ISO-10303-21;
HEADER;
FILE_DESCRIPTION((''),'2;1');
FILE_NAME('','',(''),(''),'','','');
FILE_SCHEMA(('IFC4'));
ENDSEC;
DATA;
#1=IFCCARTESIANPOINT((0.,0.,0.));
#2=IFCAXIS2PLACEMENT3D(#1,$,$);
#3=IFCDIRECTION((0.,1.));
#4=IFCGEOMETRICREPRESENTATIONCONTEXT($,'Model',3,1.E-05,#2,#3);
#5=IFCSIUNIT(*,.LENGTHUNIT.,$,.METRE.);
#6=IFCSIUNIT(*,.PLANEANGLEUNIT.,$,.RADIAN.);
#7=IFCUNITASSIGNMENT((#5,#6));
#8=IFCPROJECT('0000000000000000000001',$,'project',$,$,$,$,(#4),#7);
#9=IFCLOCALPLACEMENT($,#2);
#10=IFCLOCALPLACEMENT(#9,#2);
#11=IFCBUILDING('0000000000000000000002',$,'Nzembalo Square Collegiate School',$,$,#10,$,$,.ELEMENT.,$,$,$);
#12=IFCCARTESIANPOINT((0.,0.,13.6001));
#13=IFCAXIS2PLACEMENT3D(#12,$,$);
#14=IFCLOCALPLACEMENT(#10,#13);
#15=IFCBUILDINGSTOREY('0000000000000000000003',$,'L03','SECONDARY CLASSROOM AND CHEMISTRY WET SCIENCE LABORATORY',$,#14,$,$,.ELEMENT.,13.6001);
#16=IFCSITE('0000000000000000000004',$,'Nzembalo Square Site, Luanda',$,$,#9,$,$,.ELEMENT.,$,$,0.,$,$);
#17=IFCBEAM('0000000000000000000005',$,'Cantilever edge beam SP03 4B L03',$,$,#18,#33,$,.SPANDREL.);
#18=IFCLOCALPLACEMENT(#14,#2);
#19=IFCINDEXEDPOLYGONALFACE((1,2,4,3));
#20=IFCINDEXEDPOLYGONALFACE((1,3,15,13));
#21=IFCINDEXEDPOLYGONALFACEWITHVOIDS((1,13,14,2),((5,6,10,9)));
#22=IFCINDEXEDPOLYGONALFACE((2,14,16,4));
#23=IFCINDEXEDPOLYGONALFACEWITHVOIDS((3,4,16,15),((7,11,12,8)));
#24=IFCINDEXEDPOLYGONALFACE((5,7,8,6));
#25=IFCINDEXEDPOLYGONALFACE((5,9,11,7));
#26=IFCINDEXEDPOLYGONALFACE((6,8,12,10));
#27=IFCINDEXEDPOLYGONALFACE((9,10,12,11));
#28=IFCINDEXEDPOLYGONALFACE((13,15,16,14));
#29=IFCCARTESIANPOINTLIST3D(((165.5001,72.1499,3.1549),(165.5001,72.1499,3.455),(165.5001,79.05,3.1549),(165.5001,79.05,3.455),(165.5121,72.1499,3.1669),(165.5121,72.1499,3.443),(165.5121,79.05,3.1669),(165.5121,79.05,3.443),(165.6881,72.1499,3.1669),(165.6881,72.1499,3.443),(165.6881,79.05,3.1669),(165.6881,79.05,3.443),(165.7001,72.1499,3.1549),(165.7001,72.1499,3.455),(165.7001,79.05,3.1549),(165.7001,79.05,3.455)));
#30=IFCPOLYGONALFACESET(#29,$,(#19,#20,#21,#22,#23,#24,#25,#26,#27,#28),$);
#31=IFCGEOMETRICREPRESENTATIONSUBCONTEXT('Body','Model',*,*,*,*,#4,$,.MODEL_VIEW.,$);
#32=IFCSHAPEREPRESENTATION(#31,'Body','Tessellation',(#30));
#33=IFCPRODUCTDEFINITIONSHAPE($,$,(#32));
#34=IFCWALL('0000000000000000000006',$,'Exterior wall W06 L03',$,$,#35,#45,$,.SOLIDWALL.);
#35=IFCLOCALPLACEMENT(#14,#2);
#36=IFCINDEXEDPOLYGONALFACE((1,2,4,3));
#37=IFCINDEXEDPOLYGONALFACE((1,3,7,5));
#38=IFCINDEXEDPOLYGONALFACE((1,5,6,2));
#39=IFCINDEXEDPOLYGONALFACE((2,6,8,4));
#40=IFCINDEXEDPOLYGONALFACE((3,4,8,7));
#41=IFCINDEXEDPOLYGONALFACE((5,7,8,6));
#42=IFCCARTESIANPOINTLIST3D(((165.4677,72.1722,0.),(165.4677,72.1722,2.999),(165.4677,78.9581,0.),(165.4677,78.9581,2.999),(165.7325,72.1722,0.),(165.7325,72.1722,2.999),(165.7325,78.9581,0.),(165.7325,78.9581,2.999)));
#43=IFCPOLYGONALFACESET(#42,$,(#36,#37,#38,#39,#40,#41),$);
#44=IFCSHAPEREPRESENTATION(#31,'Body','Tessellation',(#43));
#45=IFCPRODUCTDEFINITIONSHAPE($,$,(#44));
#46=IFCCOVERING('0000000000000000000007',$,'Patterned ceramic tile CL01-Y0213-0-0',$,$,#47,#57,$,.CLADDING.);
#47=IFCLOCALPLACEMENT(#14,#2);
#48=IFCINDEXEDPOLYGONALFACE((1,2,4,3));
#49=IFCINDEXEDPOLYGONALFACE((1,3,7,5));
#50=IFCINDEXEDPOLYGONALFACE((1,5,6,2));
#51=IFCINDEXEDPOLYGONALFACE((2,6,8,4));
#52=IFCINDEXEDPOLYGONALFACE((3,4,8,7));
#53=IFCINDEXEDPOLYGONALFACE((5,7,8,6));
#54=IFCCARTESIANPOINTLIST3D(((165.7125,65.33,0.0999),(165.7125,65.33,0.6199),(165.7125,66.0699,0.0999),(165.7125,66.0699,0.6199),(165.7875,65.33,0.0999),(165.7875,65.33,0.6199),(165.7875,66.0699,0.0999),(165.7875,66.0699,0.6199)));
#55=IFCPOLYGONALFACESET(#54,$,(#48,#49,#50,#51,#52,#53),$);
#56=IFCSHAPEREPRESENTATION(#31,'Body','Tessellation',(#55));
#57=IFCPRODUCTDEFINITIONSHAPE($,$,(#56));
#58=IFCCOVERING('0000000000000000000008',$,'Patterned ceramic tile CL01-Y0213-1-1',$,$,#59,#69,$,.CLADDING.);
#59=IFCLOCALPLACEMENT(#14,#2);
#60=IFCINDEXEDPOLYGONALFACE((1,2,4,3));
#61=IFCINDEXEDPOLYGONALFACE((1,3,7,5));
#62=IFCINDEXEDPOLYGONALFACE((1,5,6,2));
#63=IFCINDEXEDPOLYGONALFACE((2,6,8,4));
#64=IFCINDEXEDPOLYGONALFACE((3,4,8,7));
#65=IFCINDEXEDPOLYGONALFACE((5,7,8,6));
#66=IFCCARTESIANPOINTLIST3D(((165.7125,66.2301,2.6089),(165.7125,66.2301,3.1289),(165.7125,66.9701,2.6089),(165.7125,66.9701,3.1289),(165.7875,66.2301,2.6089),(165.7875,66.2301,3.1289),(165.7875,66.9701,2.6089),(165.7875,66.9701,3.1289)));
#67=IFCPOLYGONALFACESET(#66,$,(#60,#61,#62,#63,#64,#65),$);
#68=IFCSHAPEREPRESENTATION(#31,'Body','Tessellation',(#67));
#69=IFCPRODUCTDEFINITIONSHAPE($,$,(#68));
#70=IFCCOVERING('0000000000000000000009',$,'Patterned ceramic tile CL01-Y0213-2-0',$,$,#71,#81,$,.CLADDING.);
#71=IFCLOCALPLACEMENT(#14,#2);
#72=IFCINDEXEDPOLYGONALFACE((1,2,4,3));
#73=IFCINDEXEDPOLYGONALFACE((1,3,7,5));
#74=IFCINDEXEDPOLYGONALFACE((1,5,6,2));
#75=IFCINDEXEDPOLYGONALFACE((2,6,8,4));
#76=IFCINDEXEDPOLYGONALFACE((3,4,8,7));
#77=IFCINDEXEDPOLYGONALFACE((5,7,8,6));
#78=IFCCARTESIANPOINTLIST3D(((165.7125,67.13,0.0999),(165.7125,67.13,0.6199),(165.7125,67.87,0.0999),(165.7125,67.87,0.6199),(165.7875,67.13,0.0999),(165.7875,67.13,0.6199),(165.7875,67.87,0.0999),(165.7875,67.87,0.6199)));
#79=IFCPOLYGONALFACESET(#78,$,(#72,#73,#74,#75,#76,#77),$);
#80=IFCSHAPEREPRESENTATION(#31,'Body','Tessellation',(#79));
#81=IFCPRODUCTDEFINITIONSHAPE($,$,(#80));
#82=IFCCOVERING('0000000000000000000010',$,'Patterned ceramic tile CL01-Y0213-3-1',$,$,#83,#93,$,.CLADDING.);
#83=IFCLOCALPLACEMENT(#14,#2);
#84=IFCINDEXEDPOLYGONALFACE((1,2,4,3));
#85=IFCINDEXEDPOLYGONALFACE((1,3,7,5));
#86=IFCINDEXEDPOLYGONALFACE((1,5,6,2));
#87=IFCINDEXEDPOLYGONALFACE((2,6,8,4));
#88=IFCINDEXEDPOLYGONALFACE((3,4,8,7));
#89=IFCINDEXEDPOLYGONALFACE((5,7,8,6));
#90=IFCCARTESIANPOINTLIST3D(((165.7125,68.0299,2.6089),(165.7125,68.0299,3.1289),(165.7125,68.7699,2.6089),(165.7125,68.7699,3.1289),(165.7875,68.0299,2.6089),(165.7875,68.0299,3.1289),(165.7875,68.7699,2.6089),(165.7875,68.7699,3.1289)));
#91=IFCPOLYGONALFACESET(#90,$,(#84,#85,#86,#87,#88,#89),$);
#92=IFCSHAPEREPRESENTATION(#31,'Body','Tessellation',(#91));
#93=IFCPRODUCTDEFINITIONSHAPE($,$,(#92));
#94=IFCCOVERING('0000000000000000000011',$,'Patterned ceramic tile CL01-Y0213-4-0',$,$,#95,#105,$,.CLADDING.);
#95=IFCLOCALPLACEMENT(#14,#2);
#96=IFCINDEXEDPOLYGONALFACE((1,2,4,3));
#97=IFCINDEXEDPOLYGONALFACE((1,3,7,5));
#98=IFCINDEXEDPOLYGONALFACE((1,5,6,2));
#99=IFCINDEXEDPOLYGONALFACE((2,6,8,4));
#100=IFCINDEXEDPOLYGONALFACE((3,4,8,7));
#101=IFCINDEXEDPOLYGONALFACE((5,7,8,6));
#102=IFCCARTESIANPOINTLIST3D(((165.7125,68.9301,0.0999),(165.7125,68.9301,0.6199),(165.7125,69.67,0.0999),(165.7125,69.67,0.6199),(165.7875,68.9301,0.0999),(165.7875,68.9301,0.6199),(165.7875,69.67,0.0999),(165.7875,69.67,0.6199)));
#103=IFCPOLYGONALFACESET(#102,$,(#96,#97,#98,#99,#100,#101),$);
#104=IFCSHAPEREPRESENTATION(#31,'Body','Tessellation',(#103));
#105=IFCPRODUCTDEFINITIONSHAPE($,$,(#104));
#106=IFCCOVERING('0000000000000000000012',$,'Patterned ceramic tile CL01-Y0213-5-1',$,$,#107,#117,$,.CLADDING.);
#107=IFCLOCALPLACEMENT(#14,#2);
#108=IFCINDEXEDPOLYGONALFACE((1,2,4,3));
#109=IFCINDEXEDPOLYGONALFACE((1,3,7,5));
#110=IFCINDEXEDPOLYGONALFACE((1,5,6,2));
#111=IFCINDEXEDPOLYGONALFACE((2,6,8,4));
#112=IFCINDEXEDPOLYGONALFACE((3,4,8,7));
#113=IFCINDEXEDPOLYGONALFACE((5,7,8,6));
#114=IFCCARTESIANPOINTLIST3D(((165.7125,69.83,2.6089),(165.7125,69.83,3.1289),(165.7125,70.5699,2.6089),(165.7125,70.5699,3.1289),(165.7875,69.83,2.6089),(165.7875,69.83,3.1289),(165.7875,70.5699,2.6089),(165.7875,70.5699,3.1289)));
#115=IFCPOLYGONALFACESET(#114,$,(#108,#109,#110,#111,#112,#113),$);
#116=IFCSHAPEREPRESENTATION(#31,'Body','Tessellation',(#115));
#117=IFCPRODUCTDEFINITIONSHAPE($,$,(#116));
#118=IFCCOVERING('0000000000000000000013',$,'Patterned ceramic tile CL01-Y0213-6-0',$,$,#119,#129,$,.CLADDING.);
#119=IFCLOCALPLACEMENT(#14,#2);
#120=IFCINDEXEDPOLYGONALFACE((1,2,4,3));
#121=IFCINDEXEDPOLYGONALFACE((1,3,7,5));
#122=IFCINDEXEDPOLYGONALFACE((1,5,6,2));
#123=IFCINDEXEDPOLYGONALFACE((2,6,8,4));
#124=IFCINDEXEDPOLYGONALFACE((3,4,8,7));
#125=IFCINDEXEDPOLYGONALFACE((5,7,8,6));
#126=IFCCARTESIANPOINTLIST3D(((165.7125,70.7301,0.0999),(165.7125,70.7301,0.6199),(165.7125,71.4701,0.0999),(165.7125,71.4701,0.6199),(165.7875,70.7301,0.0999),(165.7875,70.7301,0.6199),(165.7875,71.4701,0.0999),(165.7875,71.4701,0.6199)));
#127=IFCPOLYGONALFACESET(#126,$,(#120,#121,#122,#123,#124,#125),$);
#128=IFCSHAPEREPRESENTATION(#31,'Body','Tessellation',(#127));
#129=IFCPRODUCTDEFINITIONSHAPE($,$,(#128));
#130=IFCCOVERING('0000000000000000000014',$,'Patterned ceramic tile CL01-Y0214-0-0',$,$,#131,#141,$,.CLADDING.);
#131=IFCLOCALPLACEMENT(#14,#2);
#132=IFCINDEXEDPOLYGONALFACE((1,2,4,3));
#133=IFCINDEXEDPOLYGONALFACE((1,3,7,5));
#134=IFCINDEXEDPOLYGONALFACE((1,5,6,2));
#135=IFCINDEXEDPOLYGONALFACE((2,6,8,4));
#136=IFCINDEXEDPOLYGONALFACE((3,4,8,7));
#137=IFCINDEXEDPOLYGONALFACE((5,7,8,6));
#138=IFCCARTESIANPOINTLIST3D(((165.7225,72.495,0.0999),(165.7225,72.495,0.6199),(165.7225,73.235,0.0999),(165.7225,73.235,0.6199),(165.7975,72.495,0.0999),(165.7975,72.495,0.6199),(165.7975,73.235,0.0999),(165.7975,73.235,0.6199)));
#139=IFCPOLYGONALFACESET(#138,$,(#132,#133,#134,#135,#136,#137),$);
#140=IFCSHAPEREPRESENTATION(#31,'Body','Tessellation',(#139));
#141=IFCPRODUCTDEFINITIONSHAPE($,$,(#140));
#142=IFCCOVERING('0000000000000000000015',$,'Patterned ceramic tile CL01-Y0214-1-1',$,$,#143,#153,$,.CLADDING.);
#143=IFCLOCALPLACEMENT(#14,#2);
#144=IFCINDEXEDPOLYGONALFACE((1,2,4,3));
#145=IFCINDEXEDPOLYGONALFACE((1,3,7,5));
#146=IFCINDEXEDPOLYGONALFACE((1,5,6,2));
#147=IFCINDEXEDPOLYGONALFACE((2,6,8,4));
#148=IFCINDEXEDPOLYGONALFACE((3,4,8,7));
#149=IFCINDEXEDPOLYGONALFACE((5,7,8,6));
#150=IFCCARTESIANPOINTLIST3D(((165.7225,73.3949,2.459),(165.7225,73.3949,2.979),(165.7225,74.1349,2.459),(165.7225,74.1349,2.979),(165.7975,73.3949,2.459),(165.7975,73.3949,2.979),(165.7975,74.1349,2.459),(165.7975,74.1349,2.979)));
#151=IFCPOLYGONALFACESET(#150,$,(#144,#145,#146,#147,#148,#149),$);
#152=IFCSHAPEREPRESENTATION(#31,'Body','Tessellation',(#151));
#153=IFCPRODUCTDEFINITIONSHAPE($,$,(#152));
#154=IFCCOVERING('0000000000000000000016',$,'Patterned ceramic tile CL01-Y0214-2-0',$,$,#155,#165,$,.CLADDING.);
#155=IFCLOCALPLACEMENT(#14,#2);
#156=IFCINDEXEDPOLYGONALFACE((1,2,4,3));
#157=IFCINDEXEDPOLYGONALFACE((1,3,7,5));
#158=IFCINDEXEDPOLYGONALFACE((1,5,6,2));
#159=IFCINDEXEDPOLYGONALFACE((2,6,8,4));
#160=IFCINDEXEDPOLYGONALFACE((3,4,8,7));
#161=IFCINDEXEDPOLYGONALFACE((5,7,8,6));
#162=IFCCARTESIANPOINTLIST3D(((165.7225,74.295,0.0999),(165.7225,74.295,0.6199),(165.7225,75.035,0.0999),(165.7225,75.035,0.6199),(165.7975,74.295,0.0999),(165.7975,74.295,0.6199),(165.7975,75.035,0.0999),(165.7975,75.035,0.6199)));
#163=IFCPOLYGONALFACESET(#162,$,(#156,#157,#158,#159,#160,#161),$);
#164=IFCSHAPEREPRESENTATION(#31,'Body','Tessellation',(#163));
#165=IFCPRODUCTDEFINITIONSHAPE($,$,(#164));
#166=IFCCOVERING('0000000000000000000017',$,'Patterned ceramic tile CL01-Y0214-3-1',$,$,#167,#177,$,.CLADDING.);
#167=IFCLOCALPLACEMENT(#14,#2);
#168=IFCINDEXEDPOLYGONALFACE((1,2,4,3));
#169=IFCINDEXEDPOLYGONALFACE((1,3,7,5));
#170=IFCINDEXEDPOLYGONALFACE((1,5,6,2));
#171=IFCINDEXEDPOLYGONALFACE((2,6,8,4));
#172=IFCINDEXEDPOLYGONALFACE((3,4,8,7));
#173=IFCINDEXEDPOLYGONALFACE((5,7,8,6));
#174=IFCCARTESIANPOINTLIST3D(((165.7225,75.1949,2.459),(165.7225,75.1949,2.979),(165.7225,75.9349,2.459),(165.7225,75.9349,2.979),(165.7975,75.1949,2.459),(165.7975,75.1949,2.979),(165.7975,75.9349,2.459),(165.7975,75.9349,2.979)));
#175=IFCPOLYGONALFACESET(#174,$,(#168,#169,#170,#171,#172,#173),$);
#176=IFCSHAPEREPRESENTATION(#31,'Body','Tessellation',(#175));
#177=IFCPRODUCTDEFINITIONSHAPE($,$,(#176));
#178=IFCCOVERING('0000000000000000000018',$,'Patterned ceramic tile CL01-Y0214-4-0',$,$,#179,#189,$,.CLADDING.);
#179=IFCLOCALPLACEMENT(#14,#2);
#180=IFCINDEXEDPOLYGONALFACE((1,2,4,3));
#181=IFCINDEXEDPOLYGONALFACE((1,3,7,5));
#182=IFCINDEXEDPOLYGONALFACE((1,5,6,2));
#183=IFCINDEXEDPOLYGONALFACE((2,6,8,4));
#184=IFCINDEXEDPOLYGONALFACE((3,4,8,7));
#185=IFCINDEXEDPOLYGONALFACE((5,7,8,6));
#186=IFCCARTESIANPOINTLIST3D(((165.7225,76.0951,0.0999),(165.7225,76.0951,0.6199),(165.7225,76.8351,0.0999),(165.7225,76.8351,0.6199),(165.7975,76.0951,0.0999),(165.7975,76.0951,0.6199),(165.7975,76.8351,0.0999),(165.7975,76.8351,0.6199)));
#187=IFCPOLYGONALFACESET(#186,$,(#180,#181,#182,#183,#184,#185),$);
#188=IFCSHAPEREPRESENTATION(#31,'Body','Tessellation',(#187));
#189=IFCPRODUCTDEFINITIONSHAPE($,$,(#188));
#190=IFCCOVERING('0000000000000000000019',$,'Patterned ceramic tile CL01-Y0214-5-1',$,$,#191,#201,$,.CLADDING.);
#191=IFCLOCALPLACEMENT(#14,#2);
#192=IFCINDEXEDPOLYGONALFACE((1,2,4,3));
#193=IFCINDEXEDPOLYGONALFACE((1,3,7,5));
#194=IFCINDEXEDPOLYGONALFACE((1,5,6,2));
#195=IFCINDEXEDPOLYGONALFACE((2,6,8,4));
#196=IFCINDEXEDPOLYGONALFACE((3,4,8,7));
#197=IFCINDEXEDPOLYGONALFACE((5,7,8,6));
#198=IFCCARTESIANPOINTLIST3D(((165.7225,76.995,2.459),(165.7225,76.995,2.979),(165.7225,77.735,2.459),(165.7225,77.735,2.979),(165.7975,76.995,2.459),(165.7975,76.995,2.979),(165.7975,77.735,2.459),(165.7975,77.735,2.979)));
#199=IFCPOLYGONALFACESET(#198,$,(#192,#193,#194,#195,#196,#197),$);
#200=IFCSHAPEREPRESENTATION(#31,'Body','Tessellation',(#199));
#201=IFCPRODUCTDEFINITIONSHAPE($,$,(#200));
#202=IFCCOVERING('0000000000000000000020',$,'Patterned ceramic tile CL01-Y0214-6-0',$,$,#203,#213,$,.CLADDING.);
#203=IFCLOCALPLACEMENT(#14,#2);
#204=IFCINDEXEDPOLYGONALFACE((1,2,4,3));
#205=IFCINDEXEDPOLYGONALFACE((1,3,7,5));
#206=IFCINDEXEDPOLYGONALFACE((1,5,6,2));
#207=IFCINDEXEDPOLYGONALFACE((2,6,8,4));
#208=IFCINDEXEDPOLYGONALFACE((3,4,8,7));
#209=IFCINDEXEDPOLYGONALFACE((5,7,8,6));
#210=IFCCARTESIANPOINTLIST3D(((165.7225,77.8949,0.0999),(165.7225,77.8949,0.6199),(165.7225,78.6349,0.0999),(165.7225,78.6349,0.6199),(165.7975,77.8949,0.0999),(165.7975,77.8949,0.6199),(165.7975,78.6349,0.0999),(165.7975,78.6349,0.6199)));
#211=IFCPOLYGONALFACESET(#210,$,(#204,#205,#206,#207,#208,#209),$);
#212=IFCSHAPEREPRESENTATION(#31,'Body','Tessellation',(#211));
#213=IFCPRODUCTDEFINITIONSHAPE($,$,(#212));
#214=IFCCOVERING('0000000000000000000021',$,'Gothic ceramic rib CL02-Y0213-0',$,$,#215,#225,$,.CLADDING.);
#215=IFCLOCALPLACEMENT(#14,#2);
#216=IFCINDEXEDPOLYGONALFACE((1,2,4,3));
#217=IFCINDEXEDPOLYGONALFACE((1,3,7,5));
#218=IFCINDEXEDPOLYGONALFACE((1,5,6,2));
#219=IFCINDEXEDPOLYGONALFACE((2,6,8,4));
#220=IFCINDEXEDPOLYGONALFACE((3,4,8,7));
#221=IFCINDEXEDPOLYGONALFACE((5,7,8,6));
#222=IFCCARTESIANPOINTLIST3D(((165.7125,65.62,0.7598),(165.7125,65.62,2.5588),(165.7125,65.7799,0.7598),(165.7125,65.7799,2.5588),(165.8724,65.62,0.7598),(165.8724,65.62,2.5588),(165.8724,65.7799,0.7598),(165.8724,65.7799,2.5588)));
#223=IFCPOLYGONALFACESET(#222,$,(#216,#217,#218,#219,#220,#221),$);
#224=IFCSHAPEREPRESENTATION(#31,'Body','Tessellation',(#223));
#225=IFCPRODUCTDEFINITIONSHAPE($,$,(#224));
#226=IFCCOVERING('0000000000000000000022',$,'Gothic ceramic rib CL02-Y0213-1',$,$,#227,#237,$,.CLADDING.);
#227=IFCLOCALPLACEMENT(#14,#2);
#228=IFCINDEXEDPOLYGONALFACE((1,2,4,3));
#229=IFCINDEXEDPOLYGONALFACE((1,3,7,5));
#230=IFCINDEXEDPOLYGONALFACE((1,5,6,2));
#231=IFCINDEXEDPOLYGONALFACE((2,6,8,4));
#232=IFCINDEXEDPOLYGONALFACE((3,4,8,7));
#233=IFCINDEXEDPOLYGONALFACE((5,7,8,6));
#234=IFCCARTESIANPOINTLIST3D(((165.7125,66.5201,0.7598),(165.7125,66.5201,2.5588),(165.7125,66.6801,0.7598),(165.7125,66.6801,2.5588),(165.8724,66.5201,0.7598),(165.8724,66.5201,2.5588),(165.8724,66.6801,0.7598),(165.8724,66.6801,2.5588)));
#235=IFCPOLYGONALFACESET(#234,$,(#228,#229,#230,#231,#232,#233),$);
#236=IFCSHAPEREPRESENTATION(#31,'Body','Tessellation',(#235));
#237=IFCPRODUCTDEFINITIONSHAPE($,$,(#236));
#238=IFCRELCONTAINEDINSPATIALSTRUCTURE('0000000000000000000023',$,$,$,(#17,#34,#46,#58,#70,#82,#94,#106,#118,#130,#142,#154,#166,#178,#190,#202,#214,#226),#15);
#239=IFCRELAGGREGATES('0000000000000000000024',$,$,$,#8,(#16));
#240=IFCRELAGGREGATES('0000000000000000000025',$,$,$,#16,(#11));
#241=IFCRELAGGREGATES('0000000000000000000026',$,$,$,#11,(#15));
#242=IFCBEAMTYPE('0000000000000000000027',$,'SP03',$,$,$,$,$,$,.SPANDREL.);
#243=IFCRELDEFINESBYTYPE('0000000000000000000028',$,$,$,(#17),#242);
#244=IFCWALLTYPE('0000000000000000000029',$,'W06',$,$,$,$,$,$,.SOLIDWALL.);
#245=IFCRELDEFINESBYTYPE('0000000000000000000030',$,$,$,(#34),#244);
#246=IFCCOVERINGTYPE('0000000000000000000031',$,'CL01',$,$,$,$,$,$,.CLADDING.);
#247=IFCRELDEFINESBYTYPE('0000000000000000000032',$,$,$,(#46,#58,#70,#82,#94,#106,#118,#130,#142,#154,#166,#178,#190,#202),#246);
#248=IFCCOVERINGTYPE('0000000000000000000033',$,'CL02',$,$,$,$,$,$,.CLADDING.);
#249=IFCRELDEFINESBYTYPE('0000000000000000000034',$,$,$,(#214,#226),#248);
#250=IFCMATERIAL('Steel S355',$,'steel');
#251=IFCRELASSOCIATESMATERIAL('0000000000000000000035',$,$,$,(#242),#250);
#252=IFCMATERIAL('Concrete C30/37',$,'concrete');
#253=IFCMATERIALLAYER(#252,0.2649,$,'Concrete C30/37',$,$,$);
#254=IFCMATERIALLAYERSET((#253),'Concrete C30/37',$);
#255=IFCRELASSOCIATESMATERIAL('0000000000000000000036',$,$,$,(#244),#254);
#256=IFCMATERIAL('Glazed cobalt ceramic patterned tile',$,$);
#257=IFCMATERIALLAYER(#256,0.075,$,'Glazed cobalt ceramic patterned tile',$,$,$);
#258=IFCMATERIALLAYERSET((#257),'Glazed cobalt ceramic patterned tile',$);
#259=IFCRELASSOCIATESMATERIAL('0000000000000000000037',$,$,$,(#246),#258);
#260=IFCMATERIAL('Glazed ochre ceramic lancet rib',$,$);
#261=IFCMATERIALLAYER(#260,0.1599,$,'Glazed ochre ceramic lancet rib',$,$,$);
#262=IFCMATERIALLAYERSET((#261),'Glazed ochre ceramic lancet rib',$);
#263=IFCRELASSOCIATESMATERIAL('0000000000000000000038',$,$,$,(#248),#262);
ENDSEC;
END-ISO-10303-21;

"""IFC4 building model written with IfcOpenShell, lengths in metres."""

from ifc_helpers import new_model, si_unit, direction, frame, frame_2d, origin, origin_2d, place, context, subcontext, project, spatial, rectangle, hollow_rectangle, extrude, material, layer, layer_set, material_profile, profile_set, type_object, element, save


model = new_model("IFC4")

# Units and contexts
model_context = context("Model", 3, precision=1e-05, world=origin(), true_north=direction((0.0, 1.0)))
body_context = subcontext(model_context, "Body", "Model", "MODEL_VIEW")
ifc_project = project(units=[si_unit("LENGTHUNIT", "METRE"), si_unit("PLANEANGLEUNIT", "RADIAN")], contexts=[model_context])

# Site, building, storey
site_placement = place(None, origin())
site = spatial("IfcSite", under=ifc_project, at=site_placement, Name="Nzembalo Square Site, Luanda", CompositionType="ELEMENT", RefElevation=0.0)
building_placement = place(site_placement, origin())
building = spatial("IfcBuilding", under=site, at=building_placement, Name="Nzembalo Square Collegiate School", CompositionType="ELEMENT")
storey_placement = place(building_placement, frame((0.0, 0.0, 13.6001)))
storey = spatial("IfcBuildingStorey", under=building, at=storey_placement, Name="L03", Description="SECONDARY CLASSROOM AND CHEMISTRY WET SCIENCE LABORATORY", CompositionType="ELEMENT", Elevation=13.6001)

# Beam
ifc_material_1 = material(Name="Steel S355", Category="steel")
ifc_material_profile = material_profile(ifc_material_1, hollow_rectangle(XDim=0.2, YDim=0.3, WallThickness=0.012, at=origin_2d()), Name="RHS 300x200x12")
ifc_profile_set = profile_set([ifc_material_profile], Name="Steel S355")
beam_type = type_object("IfcBeamType", Name="SP03", PredefinedType="SPANDREL", material=ifc_profile_set)
beam_placement = place(storey_placement, frame((165.6001, 72.1499, 3.3049), z_axis=(0.0, 1.0, 0.0), x_axis=(-1.0, 0.0, 0.0)))
element("IfcBeam", 1, at=beam_placement, inside=storey, type_object=beam_type, Name="Cantilever edge beam SP03 4B L03", PredefinedType="SPANDREL", context=body_context, shape_type="SweptSolid", body=[
    extrude(hollow_rectangle(XDim=0.2, YDim=0.3, WallThickness=0.012, at=origin_2d()), origin(), (0.0, 0.0, 1.0), 6.9001),
])

# Wall
ifc_material_2 = material(Name="Concrete C30/37", Category="concrete")
ifc_layer_1 = layer(ifc_material_2, 0.2649, Name="Concrete C30/37")
ifc_layer_set_1 = layer_set([ifc_layer_1], Name="Concrete C30/37")
wall_type = type_object("IfcWallType", Name="W06", PredefinedType="SOLIDWALL", material=ifc_layer_set_1)
wall_placement = place(storey_placement, frame((165.6001, 72.1721, 0.0), z_axis=(0.0, 0.0, 1.0), x_axis=(0.0, 1.0, 0.0)))
element("IfcWall", 2, at=wall_placement, inside=storey, type_object=wall_type, Name="Exterior wall W06 L03", PredefinedType="SOLIDWALL", context=body_context, shape_type="SweptSolid", body=[
    extrude(rectangle(XDim=6.7859, YDim=0.2649, at=frame_2d((3.3931, 0.0))), origin(), (0.0, 0.0, 1.0), 2.999),
])

# Coverings
ifc_material_3 = material(Name="Glazed cobalt ceramic patterned tile")
ifc_layer_2 = layer(ifc_material_3, 0.075, Name="Glazed cobalt ceramic patterned tile")
ifc_layer_set_2 = layer_set([ifc_layer_2], Name="Glazed cobalt ceramic patterned tile")
covering_type_1 = type_object("IfcCoveringType", Name="CL01", PredefinedType="CLADDING", material=ifc_layer_set_2)
for number, where, z_axis, x_axis, name in (
    (3, (165.75, 65.7, 0.0999), (0.0, 0.0, 1.0), (1.0, 0.0, 0.0), "Patterned ceramic tile CL01-Y0213-0-0"),
    (4, (165.75, 66.6001, 2.6089), (0.0, 0.0, 1.0), (1.0, 0.0, 0.0), "Patterned ceramic tile CL01-Y0213-1-1"),
    (5, (165.75, 67.5, 0.0999), (0.0, 0.0, 1.0), (1.0, 0.0, 0.0), "Patterned ceramic tile CL01-Y0213-2-0"),
    (6, (165.75, 68.3999, 2.6089), (0.0, 0.0, 1.0), (1.0, 0.0, 0.0), "Patterned ceramic tile CL01-Y0213-3-1"),
    (7, (165.75, 69.3, 0.0999), (0.0, 0.0, 1.0), (1.0, 0.0, 0.0), "Patterned ceramic tile CL01-Y0213-4-0"),
    (8, (165.75, 70.2, 2.6089), (0.0, 0.0, 1.0), (1.0, 0.0, 0.0), "Patterned ceramic tile CL01-Y0213-5-1"),
    (9, (165.75, 71.1001, 0.0999), (0.0, 0.0, 1.0), (1.0, 0.0, 0.0), "Patterned ceramic tile CL01-Y0213-6-0"),
    (10, (165.76, 72.865, 0.0999), (0.0, 0.0, 1.0), (1.0, 0.0, 0.0), "Patterned ceramic tile CL01-Y0214-0-0"),
    (11, (165.76, 73.7649, 2.459), (0.0, 0.0, 1.0), (1.0, 0.0, 0.0), "Patterned ceramic tile CL01-Y0214-1-1"),
    (12, (165.76, 74.665, 0.0999), (0.0, 0.0, 1.0), (1.0, 0.0, 0.0), "Patterned ceramic tile CL01-Y0214-2-0"),
    (13, (165.76, 75.5649, 2.459), (0.0, 0.0, 1.0), (1.0, 0.0, 0.0), "Patterned ceramic tile CL01-Y0214-3-1"),
    (14, (165.76, 76.4651, 0.0999), (0.0, 0.0, 1.0), (1.0, 0.0, 0.0), "Patterned ceramic tile CL01-Y0214-4-0"),
    (15, (165.76, 77.365, 2.459), (0.0, 0.0, 1.0), (1.0, 0.0, 0.0), "Patterned ceramic tile CL01-Y0214-5-1"),
    (16, (165.76, 78.2649, 0.0999), (0.0, 0.0, 1.0), (1.0, 0.0, 0.0), "Patterned ceramic tile CL01-Y0214-6-0"),
):
    element("IfcCovering", number, at=place(storey_placement, frame(where, z_axis=z_axis, x_axis=x_axis)), inside=storey, type_object=covering_type_1, Name=name, PredefinedType="CLADDING", context=body_context, shape_type="SweptSolid", body=[
        extrude(rectangle(XDim=0.075, YDim=0.74, at=origin_2d()), origin(), (0.0, 0.0, 1.0), 0.52),
    ])
ifc_material_4 = material(Name="Glazed ochre ceramic lancet rib")
ifc_layer_3 = layer(ifc_material_4, 0.1599, Name="Glazed ochre ceramic lancet rib")
ifc_layer_set_3 = layer_set([ifc_layer_3], Name="Glazed ochre ceramic lancet rib")
covering_type_2 = type_object("IfcCoveringType", Name="CL02", PredefinedType="CLADDING", material=ifc_layer_set_3)
for number, where, z_axis, x_axis, name in (
    (17, (165.7925, 65.7, 0.7598), (0.0, 0.0, 1.0), (1.0, 0.0, 0.0), "Gothic ceramic rib CL02-Y0213-0"),
    (18, (165.7925, 66.6001, 0.7598), (0.0, 0.0, 1.0), (1.0, 0.0, 0.0), "Gothic ceramic rib CL02-Y0213-1"),
):
    element("IfcCovering", number, at=place(storey_placement, frame(where, z_axis=z_axis, x_axis=x_axis)), inside=storey, type_object=covering_type_2, Name=name, PredefinedType="CLADDING", context=body_context, shape_type="SweptSolid", body=[
        extrude(rectangle(XDim=0.1599, YDim=0.1599, at=origin_2d()), origin(), (0.0, 0.0, 1.0), 1.7991),
    ])

save(model, "model.ifc")
